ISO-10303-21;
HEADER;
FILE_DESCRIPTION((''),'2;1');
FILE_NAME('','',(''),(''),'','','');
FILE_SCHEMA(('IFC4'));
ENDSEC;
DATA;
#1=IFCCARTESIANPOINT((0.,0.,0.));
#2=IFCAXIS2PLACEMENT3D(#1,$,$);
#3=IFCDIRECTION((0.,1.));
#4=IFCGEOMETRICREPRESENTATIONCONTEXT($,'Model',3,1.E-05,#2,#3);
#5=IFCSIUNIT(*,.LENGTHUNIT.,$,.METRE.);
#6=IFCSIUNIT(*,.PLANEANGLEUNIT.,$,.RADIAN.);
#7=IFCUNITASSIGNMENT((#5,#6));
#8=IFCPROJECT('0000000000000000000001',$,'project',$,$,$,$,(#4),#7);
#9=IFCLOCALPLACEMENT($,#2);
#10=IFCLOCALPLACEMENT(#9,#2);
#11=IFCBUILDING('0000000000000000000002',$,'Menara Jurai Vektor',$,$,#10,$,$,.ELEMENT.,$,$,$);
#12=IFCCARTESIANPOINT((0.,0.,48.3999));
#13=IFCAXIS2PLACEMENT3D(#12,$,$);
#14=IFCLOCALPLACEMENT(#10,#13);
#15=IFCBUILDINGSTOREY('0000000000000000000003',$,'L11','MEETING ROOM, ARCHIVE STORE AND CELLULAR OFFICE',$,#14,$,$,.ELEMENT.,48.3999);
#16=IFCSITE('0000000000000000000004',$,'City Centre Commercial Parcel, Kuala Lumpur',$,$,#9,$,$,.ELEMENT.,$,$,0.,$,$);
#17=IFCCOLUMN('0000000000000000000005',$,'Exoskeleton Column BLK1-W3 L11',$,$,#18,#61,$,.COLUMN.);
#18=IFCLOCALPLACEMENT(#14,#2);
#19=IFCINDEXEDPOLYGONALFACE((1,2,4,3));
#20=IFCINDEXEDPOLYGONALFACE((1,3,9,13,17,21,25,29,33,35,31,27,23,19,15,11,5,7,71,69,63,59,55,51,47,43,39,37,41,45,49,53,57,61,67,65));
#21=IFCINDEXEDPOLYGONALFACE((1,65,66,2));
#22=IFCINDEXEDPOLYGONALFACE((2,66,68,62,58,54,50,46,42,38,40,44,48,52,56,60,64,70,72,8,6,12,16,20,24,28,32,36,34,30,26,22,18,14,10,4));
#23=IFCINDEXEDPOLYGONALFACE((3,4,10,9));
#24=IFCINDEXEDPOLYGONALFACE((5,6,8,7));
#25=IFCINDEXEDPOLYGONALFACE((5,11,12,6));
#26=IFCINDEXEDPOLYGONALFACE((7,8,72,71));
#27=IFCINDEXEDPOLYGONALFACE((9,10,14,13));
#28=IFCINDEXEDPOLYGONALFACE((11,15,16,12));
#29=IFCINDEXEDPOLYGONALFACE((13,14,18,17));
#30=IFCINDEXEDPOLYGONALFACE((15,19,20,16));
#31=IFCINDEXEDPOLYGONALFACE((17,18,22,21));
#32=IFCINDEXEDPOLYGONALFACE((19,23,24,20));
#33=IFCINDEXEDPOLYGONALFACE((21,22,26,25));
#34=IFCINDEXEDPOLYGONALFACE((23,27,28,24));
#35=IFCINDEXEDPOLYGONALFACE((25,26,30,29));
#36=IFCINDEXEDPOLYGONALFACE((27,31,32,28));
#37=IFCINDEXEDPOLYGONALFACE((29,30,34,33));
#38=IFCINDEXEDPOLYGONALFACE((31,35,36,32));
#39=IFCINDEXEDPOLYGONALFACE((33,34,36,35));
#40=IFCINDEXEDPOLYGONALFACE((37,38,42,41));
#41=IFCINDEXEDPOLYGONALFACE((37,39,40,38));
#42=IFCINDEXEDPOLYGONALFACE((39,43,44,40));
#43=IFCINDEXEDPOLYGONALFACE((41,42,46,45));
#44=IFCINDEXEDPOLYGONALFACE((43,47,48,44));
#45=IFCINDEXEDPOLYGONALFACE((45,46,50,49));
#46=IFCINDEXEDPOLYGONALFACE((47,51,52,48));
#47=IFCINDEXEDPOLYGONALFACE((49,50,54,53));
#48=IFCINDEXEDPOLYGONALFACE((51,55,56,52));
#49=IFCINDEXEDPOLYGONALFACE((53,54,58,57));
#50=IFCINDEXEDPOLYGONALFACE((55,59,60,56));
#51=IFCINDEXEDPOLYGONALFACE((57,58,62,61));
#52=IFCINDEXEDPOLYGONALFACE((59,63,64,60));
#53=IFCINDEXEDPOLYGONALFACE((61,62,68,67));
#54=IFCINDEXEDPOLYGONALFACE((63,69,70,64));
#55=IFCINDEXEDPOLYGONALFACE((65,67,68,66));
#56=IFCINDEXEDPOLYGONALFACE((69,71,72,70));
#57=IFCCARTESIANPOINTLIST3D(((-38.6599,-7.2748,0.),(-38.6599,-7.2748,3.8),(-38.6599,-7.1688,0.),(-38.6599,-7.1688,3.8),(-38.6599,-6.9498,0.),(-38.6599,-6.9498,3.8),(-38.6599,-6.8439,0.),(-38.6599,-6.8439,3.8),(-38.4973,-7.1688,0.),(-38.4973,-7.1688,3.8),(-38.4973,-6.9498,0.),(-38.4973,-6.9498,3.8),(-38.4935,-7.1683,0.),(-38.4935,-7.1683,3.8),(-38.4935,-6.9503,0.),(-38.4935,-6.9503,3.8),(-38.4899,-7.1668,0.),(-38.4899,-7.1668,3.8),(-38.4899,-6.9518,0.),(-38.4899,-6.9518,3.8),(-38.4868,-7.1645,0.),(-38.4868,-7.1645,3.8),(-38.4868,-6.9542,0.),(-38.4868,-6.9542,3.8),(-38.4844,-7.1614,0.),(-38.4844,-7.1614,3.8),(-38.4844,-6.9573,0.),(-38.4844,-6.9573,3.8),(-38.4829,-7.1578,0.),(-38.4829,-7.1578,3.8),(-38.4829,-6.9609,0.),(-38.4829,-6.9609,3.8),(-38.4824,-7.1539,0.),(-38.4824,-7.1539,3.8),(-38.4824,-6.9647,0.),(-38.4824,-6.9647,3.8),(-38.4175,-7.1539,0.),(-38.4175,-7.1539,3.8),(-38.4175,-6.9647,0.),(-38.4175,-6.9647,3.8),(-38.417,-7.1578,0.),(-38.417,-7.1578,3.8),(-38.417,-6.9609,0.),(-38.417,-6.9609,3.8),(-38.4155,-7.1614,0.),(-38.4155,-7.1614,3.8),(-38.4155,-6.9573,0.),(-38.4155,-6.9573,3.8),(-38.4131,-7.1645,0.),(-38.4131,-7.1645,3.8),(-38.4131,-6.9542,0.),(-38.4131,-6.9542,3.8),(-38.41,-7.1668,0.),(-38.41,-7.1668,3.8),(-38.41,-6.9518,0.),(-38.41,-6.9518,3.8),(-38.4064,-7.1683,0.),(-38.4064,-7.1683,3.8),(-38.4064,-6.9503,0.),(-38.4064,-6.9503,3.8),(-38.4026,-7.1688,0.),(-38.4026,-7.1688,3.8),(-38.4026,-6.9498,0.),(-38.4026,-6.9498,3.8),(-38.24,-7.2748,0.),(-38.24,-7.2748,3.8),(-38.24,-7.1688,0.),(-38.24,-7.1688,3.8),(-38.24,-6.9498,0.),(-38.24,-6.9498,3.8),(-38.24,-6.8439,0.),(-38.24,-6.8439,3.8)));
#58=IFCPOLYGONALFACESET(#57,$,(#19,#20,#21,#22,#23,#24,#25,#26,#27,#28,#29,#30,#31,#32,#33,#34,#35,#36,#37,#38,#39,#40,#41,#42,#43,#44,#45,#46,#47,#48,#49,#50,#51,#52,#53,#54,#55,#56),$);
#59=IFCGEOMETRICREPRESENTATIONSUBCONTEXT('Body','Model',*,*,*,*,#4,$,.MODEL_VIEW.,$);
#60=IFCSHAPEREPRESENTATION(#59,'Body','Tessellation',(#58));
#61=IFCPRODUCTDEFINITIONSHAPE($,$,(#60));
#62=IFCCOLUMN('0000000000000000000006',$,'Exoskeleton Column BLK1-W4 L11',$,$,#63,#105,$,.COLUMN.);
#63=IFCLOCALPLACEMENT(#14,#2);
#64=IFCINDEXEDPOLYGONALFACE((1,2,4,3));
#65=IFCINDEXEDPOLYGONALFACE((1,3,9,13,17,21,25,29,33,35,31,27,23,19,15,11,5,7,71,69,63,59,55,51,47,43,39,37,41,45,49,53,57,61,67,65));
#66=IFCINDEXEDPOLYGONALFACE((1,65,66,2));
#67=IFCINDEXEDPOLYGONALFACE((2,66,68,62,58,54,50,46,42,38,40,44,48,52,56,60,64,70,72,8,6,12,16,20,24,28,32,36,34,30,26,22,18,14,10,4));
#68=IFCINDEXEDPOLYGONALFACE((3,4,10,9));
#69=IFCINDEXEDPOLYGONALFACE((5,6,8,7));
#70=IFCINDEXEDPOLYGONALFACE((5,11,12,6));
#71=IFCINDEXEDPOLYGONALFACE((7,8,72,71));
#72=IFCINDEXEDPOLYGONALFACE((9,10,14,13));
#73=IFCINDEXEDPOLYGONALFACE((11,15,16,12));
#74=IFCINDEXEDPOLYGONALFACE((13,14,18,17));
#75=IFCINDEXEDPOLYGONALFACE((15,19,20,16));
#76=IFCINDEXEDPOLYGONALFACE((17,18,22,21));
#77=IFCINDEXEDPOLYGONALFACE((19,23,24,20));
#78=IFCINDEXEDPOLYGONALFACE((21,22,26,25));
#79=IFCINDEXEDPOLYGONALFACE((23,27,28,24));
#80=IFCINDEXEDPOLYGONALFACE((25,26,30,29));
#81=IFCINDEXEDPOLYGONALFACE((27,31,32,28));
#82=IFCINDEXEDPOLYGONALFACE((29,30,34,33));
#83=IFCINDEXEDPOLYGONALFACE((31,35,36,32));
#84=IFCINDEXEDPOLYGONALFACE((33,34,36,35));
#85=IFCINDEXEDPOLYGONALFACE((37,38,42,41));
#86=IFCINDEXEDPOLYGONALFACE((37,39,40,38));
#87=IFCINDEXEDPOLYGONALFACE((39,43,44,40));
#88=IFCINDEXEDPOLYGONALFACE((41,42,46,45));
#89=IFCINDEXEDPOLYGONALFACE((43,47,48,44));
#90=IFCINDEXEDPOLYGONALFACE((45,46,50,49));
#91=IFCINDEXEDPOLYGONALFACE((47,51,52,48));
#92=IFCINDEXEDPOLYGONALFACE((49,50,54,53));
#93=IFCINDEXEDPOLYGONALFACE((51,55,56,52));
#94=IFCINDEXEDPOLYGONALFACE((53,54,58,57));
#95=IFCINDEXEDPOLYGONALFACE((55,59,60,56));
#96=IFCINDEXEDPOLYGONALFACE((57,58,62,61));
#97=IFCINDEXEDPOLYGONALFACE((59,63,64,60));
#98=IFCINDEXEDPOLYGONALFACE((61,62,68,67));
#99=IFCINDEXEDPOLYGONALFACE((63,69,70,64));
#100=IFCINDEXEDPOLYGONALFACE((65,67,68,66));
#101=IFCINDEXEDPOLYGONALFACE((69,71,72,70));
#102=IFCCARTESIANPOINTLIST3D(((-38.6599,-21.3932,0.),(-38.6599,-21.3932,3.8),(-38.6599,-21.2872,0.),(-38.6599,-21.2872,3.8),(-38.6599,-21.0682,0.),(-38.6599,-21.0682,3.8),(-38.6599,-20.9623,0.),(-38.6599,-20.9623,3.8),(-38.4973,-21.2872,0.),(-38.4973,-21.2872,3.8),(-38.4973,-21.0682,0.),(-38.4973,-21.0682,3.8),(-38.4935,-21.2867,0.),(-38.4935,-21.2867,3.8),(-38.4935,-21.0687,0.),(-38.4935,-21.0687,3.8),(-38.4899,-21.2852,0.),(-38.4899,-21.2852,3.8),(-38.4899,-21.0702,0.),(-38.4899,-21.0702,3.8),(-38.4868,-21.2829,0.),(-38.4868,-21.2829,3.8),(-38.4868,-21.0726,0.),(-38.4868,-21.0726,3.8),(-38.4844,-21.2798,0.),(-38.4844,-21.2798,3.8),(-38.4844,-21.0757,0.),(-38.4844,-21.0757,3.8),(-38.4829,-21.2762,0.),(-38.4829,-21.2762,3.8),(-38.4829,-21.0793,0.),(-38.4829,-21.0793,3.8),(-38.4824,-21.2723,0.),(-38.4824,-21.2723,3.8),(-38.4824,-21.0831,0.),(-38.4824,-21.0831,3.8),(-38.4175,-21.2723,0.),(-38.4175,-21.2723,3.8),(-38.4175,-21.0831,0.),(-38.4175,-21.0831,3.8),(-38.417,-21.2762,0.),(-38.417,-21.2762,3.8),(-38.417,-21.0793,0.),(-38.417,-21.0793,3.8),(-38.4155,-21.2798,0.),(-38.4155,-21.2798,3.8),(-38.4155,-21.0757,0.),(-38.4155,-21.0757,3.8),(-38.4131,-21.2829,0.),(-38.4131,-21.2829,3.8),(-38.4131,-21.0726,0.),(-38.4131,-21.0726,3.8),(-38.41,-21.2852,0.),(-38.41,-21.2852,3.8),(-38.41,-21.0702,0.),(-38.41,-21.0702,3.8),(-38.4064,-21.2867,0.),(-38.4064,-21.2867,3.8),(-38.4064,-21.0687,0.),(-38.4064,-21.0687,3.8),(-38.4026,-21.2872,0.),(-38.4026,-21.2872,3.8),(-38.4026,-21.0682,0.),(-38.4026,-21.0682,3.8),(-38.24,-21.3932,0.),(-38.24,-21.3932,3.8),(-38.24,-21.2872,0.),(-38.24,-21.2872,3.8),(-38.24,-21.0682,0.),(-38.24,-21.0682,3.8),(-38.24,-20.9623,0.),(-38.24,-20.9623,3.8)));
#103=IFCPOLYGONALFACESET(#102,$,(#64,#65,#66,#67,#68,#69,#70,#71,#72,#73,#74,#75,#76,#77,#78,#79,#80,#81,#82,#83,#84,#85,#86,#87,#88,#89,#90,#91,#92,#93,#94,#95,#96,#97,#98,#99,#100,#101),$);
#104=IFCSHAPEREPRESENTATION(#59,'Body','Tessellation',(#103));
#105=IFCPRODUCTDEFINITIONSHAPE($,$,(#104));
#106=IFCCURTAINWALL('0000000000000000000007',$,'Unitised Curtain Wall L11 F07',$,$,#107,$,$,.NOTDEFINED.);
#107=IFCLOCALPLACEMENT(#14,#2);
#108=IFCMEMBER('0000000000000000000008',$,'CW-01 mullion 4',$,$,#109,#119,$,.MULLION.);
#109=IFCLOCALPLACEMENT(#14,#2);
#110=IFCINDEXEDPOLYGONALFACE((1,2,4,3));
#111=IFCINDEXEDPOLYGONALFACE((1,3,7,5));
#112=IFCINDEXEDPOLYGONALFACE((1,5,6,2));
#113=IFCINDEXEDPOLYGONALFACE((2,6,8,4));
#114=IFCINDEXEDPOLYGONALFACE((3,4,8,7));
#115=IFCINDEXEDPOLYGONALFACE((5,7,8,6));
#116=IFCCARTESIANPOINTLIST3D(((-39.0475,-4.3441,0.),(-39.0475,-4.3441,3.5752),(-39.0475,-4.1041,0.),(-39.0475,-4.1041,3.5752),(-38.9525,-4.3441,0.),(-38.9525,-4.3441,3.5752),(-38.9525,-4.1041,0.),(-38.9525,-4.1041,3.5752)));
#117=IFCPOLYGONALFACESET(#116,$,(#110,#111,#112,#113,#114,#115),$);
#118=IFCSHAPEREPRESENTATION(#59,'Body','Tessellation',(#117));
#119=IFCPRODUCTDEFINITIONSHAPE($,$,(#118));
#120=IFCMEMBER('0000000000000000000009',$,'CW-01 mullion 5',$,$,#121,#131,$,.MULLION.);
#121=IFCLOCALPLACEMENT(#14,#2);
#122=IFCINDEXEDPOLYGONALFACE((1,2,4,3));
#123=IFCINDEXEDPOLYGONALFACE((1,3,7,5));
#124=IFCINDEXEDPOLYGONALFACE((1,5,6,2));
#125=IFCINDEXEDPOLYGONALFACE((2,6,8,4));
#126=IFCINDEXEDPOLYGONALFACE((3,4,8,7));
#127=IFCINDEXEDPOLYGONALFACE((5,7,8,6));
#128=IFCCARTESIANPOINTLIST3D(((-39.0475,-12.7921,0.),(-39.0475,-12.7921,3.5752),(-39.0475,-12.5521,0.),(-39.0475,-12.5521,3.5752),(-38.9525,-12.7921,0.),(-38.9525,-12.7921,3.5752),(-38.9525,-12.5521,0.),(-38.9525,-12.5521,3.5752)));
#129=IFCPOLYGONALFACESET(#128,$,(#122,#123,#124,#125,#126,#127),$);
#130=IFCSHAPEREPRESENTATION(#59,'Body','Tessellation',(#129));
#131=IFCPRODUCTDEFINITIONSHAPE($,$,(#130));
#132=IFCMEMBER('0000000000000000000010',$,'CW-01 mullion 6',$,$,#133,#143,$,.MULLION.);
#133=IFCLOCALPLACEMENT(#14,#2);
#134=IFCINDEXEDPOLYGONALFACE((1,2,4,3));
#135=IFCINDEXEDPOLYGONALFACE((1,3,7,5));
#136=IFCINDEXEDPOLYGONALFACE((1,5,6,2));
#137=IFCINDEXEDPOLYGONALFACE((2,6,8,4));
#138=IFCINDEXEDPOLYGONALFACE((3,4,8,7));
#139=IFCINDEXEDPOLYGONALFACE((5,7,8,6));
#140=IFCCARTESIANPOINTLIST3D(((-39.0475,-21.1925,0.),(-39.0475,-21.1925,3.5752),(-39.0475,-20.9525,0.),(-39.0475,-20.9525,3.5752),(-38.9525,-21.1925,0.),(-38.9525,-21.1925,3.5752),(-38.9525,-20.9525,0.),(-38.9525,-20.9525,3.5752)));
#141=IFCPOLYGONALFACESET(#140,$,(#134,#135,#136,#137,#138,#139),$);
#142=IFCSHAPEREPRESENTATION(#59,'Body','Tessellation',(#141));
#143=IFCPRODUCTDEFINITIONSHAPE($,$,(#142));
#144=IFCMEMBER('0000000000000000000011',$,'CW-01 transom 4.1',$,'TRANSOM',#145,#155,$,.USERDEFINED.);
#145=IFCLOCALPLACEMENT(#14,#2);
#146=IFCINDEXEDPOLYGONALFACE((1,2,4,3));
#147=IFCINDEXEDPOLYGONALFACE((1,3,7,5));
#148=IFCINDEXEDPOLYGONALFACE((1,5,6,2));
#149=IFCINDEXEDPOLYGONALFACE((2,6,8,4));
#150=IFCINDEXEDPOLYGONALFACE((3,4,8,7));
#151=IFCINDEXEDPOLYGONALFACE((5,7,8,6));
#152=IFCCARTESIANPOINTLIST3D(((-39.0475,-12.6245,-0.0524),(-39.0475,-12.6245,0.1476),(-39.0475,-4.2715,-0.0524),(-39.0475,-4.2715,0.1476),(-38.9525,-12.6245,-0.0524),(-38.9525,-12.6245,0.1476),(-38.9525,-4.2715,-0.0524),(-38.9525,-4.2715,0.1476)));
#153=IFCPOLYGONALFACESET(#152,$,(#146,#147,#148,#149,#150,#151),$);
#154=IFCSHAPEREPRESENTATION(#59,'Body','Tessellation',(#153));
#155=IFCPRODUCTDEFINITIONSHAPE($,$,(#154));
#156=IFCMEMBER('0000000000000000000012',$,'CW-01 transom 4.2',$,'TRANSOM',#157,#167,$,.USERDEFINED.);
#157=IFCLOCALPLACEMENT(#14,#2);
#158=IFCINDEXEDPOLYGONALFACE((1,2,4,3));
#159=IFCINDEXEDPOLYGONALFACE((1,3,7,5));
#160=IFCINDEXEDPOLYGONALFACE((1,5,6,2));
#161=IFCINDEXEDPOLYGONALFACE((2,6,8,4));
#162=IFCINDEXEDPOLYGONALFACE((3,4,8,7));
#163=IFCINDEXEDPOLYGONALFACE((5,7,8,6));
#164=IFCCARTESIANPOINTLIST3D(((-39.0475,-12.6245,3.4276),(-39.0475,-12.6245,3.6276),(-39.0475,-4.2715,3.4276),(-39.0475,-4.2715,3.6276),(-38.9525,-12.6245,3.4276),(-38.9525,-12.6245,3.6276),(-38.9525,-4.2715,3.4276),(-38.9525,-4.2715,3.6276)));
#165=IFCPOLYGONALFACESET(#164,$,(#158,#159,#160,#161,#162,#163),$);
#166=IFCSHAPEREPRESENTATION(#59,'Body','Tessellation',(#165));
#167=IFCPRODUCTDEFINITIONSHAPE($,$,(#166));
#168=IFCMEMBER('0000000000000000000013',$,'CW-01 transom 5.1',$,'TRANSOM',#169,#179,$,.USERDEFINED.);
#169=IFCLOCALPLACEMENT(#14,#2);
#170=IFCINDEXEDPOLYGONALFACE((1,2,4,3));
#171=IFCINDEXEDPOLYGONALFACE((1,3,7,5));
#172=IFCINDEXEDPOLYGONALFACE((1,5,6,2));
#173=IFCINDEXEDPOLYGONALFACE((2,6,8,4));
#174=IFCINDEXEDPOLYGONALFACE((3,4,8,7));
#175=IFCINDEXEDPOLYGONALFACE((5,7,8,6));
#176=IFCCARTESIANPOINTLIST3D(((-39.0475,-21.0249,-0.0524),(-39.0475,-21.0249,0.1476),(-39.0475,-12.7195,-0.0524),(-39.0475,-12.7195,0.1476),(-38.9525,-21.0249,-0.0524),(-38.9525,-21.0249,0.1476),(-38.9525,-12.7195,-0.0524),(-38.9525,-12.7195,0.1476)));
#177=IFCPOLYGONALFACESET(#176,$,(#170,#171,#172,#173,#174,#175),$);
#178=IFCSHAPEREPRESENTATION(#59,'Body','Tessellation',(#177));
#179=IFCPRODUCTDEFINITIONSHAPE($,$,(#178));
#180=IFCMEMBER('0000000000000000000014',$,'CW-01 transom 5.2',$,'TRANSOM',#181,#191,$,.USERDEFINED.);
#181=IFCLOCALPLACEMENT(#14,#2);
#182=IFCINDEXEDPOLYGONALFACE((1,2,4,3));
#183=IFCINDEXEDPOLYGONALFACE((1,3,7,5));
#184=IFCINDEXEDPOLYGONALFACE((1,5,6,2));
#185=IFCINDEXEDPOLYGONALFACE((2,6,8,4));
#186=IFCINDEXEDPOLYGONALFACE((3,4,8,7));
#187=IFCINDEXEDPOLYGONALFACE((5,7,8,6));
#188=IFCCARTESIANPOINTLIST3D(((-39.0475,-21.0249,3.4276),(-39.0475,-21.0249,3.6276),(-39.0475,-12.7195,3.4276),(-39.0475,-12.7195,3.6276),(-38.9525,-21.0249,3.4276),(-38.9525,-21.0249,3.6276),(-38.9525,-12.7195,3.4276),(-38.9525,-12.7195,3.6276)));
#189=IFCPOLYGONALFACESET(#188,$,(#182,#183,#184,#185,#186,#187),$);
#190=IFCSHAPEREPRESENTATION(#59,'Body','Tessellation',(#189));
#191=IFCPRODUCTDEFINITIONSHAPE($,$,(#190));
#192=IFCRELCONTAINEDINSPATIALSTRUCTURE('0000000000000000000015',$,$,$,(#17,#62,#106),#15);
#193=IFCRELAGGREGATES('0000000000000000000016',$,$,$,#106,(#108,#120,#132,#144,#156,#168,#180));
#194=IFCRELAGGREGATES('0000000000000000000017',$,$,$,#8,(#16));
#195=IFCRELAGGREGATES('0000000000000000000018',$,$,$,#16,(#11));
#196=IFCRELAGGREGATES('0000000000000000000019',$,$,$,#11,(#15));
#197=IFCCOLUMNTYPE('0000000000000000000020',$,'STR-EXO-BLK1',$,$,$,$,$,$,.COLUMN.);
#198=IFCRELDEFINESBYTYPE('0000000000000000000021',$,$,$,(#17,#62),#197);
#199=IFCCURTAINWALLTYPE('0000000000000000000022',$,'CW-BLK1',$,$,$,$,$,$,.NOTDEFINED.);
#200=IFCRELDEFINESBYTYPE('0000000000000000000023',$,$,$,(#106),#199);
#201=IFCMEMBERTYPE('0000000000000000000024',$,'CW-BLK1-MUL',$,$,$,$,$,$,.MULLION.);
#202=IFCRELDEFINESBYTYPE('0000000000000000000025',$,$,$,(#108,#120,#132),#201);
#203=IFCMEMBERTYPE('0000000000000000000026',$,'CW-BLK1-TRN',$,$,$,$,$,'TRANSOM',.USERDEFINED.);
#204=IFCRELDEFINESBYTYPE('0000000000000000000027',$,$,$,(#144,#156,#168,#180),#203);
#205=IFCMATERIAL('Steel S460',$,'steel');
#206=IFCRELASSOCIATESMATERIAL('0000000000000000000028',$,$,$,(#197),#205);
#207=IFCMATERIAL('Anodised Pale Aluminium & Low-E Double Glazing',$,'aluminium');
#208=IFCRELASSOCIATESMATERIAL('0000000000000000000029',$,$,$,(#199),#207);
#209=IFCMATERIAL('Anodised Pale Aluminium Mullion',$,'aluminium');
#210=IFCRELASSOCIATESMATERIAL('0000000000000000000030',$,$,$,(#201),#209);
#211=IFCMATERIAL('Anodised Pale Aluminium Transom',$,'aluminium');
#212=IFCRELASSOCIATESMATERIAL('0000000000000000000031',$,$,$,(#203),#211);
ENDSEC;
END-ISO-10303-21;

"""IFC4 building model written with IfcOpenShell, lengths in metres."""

from ifc_helpers import new_model, si_unit, direction, frame, origin, origin_2d, place, context, subcontext, project, spatial, rectangle, i_section, extrude, material, material_profile, profile_set, type_object, element, aggregate, save


model = new_model("IFC4")

# Units and contexts
model_context = context("Model", 3, precision=1e-05, world=origin(), true_north=direction((0.0, 1.0)))
body_context = subcontext(model_context, "Body", "Model", "MODEL_VIEW")
ifc_project = project(units=[si_unit("LENGTHUNIT", "METRE"), si_unit("PLANEANGLEUNIT", "RADIAN")], contexts=[model_context])

# Site, building, storey
site_placement = place(None, origin())
site = spatial("IfcSite", under=ifc_project, at=site_placement, Name="City Centre Commercial Parcel, Kuala Lumpur", CompositionType="ELEMENT", RefElevation=0.0)
building_placement = place(site_placement, origin())
building = spatial("IfcBuilding", under=site, at=building_placement, Name="Menara Jurai Vektor", CompositionType="ELEMENT")
storey_placement = place(building_placement, frame((0.0, 0.0, 48.3999)))
storey = spatial("IfcBuildingStorey", under=building, at=storey_placement, Name="L11", Description="MEETING ROOM, ARCHIVE STORE AND CELLULAR OFFICE", CompositionType="ELEMENT", Elevation=48.3999)

# Columns
ifc_material_1 = material(Name="Steel S460", Category="steel")
ifc_material_profile_1 = material_profile(ifc_material_1, i_section(OverallWidth=0.4199, OverallDepth=0.4309, WebThickness=0.0649, FlangeThickness=0.106, FilletRadius=0.0149, at=origin_2d()), Name="HD 400x900")
ifc_profile_set_1 = profile_set([ifc_material_profile_1], Name="Steel S460")
column_type = type_object("IfcColumnType", Name="STR-EXO-BLK1", PredefinedType="COLUMN", material=ifc_profile_set_1)
for number, where, z_axis, x_axis, name in (
    (1, (-38.45, -7.0593, 0.0), (0.0, 0.0, 1.0), (1.0, 0.0, 0.0), "Exoskeleton Column BLK1-W3 L11"),
    (2, (-38.45, -21.1777, 0.0), (0.0, 0.0, 1.0), (1.0, 0.0, 0.0), "Exoskeleton Column BLK1-W4 L11"),
):
    element("IfcColumn", number, at=place(storey_placement, frame(where, z_axis=z_axis, x_axis=x_axis)), inside=storey, type_object=column_type, Name=name, PredefinedType="COLUMN", context=body_context, shape_type="SweptSolid", body=[
        extrude(i_section(OverallWidth=0.4199, OverallDepth=0.4309, WebThickness=0.0649, FlangeThickness=0.106, FilletRadius=0.0149, at=origin_2d()), origin(), (0.0, 0.0, 1.0), 3.8),
    ])

# Curtain wall, members
ifc_material_2 = material(Name="Anodised Pale Aluminium & Low-E Double Glazing", Category="aluminium")
curtain_wall_type = type_object("IfcCurtainWallType", Name="CW-BLK1", PredefinedType="NOTDEFINED", material=ifc_material_2)
curtain_wall_placement = place(storey_placement, origin())
curtain_wall = element("IfcCurtainWall", 3, at=curtain_wall_placement, inside=storey, type_object=curtain_wall_type, Name="Unitised Curtain Wall L11 F07", PredefinedType="NOTDEFINED")
ifc_material_3 = material(Name="Anodised Pale Aluminium Mullion", Category="aluminium")
ifc_material_profile_2 = material_profile(ifc_material_3, rectangle(XDim=0.095, YDim=0.24, at=origin_2d()), Name="ALU MUL 95x240")
ifc_profile_set_2 = profile_set([ifc_material_profile_2], Name="Anodised Pale Aluminium Mullion")
member_type_1 = type_object("IfcMemberType", Name="CW-BLK1-MUL", PredefinedType="MULLION", material=ifc_profile_set_2)
member_1_placement = place(storey_placement, frame((-39.0, -4.2241, 0.0), z_axis=(0.0, 0.0, 1.0), x_axis=(1.0, 0.0, 0.0)))
member_1 = element("IfcMember", 4, at=member_1_placement, type_object=member_type_1, Name="CW-01 mullion 4", PredefinedType="MULLION", context=body_context, shape_type="SweptSolid", body=[
    extrude(rectangle(XDim=0.095, YDim=0.24, at=origin_2d()), origin(), (0.0, 0.0, 1.0), 3.5752),
])
member_2_placement = place(storey_placement, frame((-39.0, -12.6721, 0.0), z_axis=(0.0, 0.0, 1.0), x_axis=(1.0, 0.0, 0.0)))
member_2 = element("IfcMember", 5, at=member_2_placement, type_object=member_type_1, Name="CW-01 mullion 5", PredefinedType="MULLION", context=body_context, shape_type="SweptSolid", body=[
    extrude(rectangle(XDim=0.095, YDim=0.24, at=origin_2d()), origin(), (0.0, 0.0, 1.0), 3.5752),
])
member_3_placement = place(storey_placement, frame((-39.0, -21.0725, 0.0), z_axis=(0.0, 0.0, 1.0), x_axis=(1.0, 0.0, 0.0)))
member_3 = element("IfcMember", 6, at=member_3_placement, type_object=member_type_1, Name="CW-01 mullion 6", PredefinedType="MULLION", context=body_context, shape_type="SweptSolid", body=[
    extrude(rectangle(XDim=0.095, YDim=0.24, at=origin_2d()), origin(), (0.0, 0.0, 1.0), 3.5752),
])
ifc_material_4 = material(Name="Anodised Pale Aluminium Transom", Category="aluminium")
ifc_material_profile_3 = material_profile(ifc_material_4, rectangle(XDim=0.095, YDim=0.2, at=origin_2d()), Name="ALU TRN 95x200")
ifc_profile_set_3 = profile_set([ifc_material_profile_3], Name="Anodised Pale Aluminium Transom")
member_type_2 = type_object("IfcMemberType", Name="CW-BLK1-TRN", ElementType="TRANSOM", PredefinedType="USERDEFINED", material=ifc_profile_set_3)
member_4_placement = place(storey_placement, frame((-39.0, -4.2715, 0.0476), z_axis=(0.0, -1.0, 0.0), x_axis=(1.0, 0.0, 0.0)))
member_4 = element("IfcMember", 7, at=member_4_placement, type_object=member_type_2, Name="CW-01 transom 4.1", ObjectType="TRANSOM", PredefinedType="USERDEFINED", context=body_context, shape_type="SweptSolid", body=[
    extrude(rectangle(XDim=0.095, YDim=0.2, at=origin_2d()), origin(), (0.0, 0.0, 1.0), 8.353),
])
member_5_placement = place(storey_placement, frame((-39.0, -4.2715, 3.5276), z_axis=(0.0, -1.0, 0.0), x_axis=(1.0, 0.0, 0.0)))
member_5 = element("IfcMember", 8, at=member_5_placement, type_object=member_type_2, Name="CW-01 transom 4.2", ObjectType="TRANSOM", PredefinedType="USERDEFINED", context=body_context, shape_type="SweptSolid", body=[
    extrude(rectangle(XDim=0.095, YDim=0.2, at=origin_2d()), origin(), (0.0, 0.0, 1.0), 8.353),
])
member_6_placement = place(storey_placement, frame((-39.0, -12.7195, 0.0476), z_axis=(0.0, -1.0, 0.0), x_axis=(1.0, 0.0, 0.0)))
member_6 = element("IfcMember", 9, at=member_6_placement, type_object=member_type_2, Name="CW-01 transom 5.1", ObjectType="TRANSOM", PredefinedType="USERDEFINED", context=body_context, shape_type="SweptSolid", body=[
    extrude(rectangle(XDim=0.095, YDim=0.2, at=origin_2d()), origin(), (0.0, 0.0, 1.0), 8.3054),
])
member_7_placement = place(storey_placement, frame((-39.0, -12.7195, 3.5276), z_axis=(0.0, -1.0, 0.0), x_axis=(1.0, 0.0, 0.0)))
member_7 = element("IfcMember", 10, at=member_7_placement, type_object=member_type_2, Name="CW-01 transom 5.2", ObjectType="TRANSOM", PredefinedType="USERDEFINED", context=body_context, shape_type="SweptSolid", body=[
    extrude(rectangle(XDim=0.095, YDim=0.2, at=origin_2d()), origin(), (0.0, 0.0, 1.0), 8.3054),
])

aggregate(curtain_wall, [member_1, member_2, member_3, member_4, member_5, member_6, member_7])

save(model, "model.ifc")
